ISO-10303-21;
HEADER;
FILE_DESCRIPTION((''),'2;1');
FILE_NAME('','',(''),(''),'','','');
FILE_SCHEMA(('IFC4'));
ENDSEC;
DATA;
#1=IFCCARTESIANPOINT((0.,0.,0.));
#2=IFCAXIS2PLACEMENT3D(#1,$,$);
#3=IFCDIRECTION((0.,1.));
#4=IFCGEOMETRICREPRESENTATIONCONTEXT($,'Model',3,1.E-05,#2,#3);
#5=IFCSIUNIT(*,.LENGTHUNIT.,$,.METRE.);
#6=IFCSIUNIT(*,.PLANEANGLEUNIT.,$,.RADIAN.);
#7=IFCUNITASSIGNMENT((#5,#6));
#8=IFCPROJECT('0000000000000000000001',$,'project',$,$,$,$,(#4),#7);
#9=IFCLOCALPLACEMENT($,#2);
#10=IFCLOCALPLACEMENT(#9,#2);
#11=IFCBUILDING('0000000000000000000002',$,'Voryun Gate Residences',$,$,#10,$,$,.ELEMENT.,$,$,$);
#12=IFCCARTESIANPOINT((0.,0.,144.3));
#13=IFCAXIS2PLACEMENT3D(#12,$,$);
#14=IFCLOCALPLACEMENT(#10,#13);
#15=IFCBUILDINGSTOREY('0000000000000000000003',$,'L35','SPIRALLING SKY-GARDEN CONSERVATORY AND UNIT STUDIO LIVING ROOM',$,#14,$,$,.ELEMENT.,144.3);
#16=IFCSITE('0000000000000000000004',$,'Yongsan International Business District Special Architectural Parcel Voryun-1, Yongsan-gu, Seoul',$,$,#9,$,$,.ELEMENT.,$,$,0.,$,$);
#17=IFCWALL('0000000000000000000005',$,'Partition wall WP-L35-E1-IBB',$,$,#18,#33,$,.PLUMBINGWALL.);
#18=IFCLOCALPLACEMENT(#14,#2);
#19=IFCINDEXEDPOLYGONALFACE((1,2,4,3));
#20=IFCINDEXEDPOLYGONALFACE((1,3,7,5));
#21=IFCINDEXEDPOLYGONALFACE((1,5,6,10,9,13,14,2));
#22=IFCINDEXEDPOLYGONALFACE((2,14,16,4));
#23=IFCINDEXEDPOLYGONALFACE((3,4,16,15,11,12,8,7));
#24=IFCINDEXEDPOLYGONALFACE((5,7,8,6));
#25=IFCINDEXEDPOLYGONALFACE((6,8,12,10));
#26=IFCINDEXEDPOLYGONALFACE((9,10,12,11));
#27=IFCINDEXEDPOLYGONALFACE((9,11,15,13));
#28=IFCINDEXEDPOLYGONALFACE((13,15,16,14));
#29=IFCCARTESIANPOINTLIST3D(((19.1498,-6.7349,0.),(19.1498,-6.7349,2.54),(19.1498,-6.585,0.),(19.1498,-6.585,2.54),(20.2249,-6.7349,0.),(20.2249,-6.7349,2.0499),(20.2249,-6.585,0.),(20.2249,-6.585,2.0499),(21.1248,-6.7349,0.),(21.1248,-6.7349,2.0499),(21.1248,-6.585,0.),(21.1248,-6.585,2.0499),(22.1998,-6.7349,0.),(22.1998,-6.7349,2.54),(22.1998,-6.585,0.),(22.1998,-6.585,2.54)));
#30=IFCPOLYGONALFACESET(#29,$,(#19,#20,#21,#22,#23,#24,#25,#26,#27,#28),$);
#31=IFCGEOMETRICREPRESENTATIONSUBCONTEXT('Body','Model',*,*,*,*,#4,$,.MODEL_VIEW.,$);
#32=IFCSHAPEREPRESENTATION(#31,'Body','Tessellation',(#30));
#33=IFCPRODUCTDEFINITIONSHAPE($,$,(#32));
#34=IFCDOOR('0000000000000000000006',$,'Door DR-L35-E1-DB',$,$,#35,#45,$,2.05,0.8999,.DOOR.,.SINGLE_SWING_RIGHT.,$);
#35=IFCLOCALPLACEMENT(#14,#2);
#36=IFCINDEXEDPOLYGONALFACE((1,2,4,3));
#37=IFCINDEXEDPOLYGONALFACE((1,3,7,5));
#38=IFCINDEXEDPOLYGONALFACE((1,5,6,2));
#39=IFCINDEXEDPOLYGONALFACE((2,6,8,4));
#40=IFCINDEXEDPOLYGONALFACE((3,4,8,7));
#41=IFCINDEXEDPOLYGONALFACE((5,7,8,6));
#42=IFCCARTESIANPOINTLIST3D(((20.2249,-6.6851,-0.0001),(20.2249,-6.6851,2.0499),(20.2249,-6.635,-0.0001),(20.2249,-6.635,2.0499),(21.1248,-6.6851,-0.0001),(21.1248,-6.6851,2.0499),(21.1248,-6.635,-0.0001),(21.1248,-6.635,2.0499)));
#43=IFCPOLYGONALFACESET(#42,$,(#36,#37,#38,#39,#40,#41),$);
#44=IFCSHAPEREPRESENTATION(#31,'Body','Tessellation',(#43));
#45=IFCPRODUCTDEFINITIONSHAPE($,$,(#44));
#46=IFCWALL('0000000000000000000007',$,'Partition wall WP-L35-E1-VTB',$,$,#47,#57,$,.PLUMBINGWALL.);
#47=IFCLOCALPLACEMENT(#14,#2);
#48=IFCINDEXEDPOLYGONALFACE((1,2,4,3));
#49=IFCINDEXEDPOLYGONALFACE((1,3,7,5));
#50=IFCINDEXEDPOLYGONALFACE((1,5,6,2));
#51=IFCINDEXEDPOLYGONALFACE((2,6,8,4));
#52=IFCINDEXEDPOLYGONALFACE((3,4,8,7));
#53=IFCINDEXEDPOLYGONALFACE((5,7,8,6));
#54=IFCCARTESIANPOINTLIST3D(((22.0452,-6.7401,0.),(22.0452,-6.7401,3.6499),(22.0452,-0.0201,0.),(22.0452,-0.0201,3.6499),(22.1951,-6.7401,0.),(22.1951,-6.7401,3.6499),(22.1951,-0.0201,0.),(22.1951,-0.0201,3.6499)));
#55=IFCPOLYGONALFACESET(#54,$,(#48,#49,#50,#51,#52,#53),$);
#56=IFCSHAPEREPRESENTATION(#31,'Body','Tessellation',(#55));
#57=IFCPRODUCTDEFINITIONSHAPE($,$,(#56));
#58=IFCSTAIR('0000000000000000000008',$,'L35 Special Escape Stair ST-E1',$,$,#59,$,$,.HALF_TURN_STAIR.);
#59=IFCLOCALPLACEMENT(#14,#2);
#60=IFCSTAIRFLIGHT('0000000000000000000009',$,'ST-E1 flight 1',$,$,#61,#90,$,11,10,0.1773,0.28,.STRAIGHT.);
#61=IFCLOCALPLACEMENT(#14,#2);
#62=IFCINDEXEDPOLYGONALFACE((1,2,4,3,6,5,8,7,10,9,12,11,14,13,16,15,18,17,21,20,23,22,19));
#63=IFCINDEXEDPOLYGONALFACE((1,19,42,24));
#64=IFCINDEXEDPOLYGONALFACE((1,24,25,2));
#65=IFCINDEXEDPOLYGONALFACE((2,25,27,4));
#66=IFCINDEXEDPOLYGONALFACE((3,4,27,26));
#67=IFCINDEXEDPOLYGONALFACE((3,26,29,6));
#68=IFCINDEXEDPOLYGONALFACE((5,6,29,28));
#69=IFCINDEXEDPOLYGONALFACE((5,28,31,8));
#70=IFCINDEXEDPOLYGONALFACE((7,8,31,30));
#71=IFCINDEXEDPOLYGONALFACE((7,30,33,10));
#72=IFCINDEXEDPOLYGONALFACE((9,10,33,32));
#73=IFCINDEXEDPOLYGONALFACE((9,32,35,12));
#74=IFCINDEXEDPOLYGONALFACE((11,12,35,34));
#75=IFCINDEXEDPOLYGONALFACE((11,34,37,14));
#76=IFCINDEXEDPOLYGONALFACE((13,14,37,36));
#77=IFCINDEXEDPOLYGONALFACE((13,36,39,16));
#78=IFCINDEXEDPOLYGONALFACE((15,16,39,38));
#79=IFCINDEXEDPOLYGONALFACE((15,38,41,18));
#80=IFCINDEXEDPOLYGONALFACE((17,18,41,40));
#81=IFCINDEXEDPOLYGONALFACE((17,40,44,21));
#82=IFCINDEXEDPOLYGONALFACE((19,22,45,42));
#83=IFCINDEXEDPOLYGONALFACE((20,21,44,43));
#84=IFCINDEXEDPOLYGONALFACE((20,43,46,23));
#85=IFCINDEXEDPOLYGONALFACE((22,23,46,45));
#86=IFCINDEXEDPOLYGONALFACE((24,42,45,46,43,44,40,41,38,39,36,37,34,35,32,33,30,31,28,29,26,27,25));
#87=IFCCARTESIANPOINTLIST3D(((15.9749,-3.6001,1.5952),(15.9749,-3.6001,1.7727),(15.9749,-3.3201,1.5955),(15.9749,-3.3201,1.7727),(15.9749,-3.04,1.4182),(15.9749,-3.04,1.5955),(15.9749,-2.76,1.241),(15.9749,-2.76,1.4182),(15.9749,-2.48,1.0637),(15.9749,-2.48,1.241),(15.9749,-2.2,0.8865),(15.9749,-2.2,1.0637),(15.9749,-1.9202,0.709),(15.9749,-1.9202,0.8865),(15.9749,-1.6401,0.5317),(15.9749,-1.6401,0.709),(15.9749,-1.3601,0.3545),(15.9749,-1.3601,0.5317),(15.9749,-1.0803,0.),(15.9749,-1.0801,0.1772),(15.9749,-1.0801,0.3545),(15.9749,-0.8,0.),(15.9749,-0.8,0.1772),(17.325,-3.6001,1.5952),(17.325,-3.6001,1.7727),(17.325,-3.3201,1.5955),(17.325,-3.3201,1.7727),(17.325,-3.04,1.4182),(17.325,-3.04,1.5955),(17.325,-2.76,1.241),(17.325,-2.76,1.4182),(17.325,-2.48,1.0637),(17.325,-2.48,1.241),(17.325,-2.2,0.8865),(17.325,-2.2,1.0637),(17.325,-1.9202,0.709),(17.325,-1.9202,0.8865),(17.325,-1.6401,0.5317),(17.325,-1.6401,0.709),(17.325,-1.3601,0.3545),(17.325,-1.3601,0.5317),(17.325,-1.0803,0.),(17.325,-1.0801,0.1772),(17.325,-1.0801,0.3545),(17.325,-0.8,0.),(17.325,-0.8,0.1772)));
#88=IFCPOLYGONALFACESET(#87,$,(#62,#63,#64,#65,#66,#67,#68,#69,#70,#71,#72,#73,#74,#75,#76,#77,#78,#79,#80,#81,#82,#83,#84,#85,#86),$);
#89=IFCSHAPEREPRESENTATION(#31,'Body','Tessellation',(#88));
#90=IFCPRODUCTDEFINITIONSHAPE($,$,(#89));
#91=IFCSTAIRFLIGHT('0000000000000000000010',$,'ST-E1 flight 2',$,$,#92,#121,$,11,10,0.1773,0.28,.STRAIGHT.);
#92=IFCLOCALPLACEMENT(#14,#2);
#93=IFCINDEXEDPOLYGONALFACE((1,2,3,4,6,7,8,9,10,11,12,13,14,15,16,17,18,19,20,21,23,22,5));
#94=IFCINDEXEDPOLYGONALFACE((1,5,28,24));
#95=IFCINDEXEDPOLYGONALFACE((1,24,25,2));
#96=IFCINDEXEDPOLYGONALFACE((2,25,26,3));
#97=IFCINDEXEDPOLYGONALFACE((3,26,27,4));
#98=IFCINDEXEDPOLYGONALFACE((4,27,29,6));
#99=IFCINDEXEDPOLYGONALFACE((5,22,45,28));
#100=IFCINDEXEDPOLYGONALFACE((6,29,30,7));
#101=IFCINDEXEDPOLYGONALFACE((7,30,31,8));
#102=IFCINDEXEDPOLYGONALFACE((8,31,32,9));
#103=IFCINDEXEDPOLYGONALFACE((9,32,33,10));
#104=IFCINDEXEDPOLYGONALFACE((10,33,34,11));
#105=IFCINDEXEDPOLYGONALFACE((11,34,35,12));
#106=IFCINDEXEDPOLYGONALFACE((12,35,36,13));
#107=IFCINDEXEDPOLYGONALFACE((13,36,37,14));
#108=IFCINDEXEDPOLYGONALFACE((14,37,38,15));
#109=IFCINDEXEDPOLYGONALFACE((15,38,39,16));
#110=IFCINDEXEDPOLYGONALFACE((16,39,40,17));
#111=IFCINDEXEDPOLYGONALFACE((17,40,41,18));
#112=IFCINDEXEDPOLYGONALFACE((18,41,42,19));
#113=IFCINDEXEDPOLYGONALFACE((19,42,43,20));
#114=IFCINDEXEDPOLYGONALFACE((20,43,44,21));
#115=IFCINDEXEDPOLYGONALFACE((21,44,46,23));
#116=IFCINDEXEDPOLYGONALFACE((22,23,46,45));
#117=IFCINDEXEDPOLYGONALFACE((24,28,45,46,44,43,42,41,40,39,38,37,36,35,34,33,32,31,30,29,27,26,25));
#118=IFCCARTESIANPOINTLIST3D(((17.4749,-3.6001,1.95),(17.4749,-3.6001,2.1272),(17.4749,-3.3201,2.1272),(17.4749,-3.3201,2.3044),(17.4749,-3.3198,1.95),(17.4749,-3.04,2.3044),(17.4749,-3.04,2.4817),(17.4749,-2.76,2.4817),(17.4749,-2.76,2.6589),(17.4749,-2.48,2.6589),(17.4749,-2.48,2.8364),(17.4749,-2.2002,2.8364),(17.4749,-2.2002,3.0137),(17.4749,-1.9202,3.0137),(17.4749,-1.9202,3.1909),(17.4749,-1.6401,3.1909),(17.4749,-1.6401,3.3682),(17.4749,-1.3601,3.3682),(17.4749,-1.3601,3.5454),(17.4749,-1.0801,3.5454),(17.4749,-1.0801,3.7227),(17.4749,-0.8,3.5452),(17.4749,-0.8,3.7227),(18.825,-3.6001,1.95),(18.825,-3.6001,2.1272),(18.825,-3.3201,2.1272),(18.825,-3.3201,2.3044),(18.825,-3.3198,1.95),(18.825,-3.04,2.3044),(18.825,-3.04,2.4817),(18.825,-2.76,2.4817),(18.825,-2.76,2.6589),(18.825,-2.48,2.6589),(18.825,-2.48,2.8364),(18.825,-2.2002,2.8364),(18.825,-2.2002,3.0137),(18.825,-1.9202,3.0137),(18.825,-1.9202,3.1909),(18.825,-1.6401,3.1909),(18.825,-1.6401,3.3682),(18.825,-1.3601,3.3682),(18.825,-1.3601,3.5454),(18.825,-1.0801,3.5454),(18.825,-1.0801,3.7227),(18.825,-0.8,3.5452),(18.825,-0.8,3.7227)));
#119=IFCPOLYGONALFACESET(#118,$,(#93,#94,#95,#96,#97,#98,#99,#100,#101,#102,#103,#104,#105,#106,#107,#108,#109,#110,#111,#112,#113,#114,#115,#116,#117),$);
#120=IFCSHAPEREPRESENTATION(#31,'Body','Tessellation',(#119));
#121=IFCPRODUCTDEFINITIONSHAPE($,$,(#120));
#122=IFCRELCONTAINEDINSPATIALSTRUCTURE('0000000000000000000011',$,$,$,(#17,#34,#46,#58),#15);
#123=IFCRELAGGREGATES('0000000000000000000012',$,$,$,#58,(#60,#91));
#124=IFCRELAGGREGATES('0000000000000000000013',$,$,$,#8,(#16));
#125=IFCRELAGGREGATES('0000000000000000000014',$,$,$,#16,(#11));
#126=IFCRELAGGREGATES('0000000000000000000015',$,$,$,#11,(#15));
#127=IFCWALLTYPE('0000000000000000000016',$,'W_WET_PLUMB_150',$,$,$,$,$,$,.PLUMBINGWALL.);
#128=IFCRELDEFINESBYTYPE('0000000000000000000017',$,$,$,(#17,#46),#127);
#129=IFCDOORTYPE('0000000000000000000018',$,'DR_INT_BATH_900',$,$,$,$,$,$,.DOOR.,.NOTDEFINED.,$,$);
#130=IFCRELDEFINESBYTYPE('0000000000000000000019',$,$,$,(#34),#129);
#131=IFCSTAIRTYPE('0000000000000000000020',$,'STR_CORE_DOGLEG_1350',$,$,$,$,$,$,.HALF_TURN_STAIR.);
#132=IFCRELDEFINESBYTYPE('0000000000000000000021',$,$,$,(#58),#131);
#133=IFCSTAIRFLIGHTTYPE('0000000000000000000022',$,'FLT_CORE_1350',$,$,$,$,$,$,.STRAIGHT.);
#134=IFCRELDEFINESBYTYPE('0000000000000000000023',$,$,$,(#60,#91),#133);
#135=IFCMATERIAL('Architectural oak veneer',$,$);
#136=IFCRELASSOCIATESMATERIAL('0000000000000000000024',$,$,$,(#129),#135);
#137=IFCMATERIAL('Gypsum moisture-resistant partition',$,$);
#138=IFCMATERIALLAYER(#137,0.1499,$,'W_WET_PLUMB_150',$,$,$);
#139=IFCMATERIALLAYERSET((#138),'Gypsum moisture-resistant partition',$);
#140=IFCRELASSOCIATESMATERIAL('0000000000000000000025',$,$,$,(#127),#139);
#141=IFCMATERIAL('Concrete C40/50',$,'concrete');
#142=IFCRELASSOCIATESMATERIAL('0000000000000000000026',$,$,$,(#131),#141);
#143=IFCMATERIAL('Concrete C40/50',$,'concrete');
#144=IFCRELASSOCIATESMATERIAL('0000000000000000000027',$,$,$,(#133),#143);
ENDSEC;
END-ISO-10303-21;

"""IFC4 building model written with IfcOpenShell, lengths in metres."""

from ifc_helpers import new_model, si_unit, direction, frame, frame_2d, origin, place, context, subcontext, project, spatial, polyline, rectangle, outline, extrude, material, layer, layer_set, type_object, element, fill, aggregate, save


model = new_model("IFC4")

# Units and contexts
model_context = context("Model", 3, precision=1e-05, world=origin(), true_north=direction((0.0, 1.0)))
body_context = subcontext(model_context, "Body", "Model", "MODEL_VIEW")
ifc_project = project(units=[si_unit("LENGTHUNIT", "METRE"), si_unit("PLANEANGLEUNIT", "RADIAN")], contexts=[model_context])

# Site, building, storey
site_placement = place(None, origin())
site = spatial("IfcSite", under=ifc_project, at=site_placement, Name="Yongsan International Business District Special Architectural Parcel Voryun-1, Yongsan-gu, Seoul", CompositionType="ELEMENT", RefElevation=0.0)
building_placement = place(site_placement, origin())
building = spatial("IfcBuilding", under=site, at=building_placement, Name="Voryun Gate Residences", CompositionType="ELEMENT")
storey_placement = place(building_placement, frame((0.0, 0.0, 144.3)))
storey = spatial("IfcBuildingStorey", under=building, at=storey_placement, Name="L35", Description="SPIRALLING SKY-GARDEN CONSERVATORY AND UNIT STUDIO LIVING ROOM", CompositionType="ELEMENT", Elevation=144.3)

# Wall, opening, door
ifc_material_1 = material(Name="Architectural oak veneer")
door_type = type_object("IfcDoorType", Name="DR_INT_BATH_900", OperationType="NOTDEFINED", PredefinedType="DOOR", material=ifc_material_1)
ifc_material_2 = material(Name="Gypsum moisture-resistant partition")
ifc_layer_1 = layer(ifc_material_2, 0.1499, Name="W_WET_PLUMB_150")
ifc_layer_set_1 = layer_set([ifc_layer_1], Name="Gypsum moisture-resistant partition")
wall_type_1 = type_object("IfcWallType", Name="W_WET_PLUMB_150", PredefinedType="PLUMBINGWALL", material=ifc_layer_set_1)
wall_1_placement = place(storey_placement, frame((19.1499, -6.6599, 0.0), z_axis=(0.0, 0.0, 1.0), x_axis=(1.0, 0.0, 0.0)))
wall_1 = element("IfcWall", 1, at=wall_1_placement, inside=storey, type_object=wall_type_1, Name="Partition wall WP-L35-E1-IBB", PredefinedType="PLUMBINGWALL", context=body_context, shape_type="SweptSolid", body=[
    extrude(rectangle(XDim=3.05, YDim=0.1499, at=frame_2d((1.5249, 0.0))), origin(), (0.0, 0.0, 1.0), 2.54),
])
opening_1_placement = place(wall_1_placement, frame((1.075, 0.0, 0.0)))
opening_1 = element("IfcOpeningElement", 2, at=opening_1_placement, cuts=wall_1, PredefinedType="OPENING", context=body_context, shape_type="SweptSolid", body=[
    extrude(rectangle(XDim=0.8999, YDim=2.05, at=frame_2d((0.45, 1.0249))), frame((0.0, 0.085, 0.0), z_axis=(0.0, -1.0, 0.0), x_axis=(1.0, 0.0, 0.0)), (0.0, 0.0, 1.0), 0.1699),
])
door_1_placement = place(opening_1_placement, origin())
door_1 = element("IfcDoor", 3, at=door_1_placement, inside=storey, type_object=door_type, Name="Door DR-L35-E1-DB", OperationType="SINGLE_SWING_RIGHT", OverallHeight=2.05, OverallWidth=0.8999, PredefinedType="DOOR", context=body_context, shape_type="SweptSolid", body=[
    extrude(rectangle(XDim=0.8999, YDim=2.05, at=frame_2d((0.45, 1.0249))), frame((0.0, 0.0249, 0.0), z_axis=(0.0, -1.0, 0.0), x_axis=(1.0, 0.0, 0.0)), (0.0, 0.0, 1.0), 0.05),
])
fill(opening_1, door_1)

# Wall
wall_2_placement = place(storey_placement, frame((22.1201, -6.74, 0.0), z_axis=(0.0, 0.0, 1.0), x_axis=(0.0, 1.0, 0.0)))
element("IfcWall", 4, at=wall_2_placement, inside=storey, type_object=wall_type_1, Name="Partition wall WP-L35-E1-VTB", PredefinedType="PLUMBINGWALL", context=body_context, shape_type="SweptSolid", body=[
    extrude(rectangle(XDim=6.72, YDim=0.1499, at=frame_2d((3.3599, 0.0))), origin(), (0.0, 0.0, 1.0), 3.6499),
])

# Stair, stair flights
ifc_material_3 = material(Name="Concrete C40/50", Category="concrete")
stair_type = type_object("IfcStairType", Name="STR_CORE_DOGLEG_1350", PredefinedType="HALF_TURN_STAIR", material=ifc_material_3)
stair_placement = place(storey_placement, origin())
stair = element("IfcStair", 5, at=stair_placement, inside=storey, type_object=stair_type, Name="L35 Special Escape Stair ST-E1", PredefinedType="HALF_TURN_STAIR")
ifc_material_4 = material(Name="Concrete C40/50", Category="concrete")
stair_flight_type = type_object("IfcStairFlightType", Name="FLT_CORE_1350", PredefinedType="STRAIGHT", material=ifc_material_4)
stair_flight_1_placement = place(storey_placement, frame((16.6499, -0.8, 0.0), z_axis=(0.0, 0.0, 1.0), x_axis=(0.0, -1.0, 0.0)))
stair_flight_1 = element("IfcStairFlight", 6, at=stair_flight_1_placement, type_object=stair_flight_type, Name="ST-E1 flight 1", NumberOfRisers=11, NumberOfTreads=10, PredefinedType="STRAIGHT", RiserHeight=0.1773, TreadLength=0.28, context=body_context, shape_type="SweptSolid", body=[
    extrude(outline(polyline([(0.0, 0.0), (0.0, 0.1772), (0.28, 0.1772), (0.28, 0.3545), (0.5601, 0.3545), (0.5601, 0.5317), (0.8401, 0.5317), (0.8401, 0.709), (1.1201, 0.709), (1.1201, 0.8865), (1.3999, 0.8865), (1.3999, 1.0637), (1.6799, 1.0637), (1.6799, 1.241), (1.96, 1.241), (1.96, 1.4182), (2.24, 1.4182), (2.24, 1.5955), (2.52, 1.5955), (2.52, 1.7727), (2.8, 1.7727), (2.8, 1.95), (2.8, 1.5952), (0.2803, 0.0), (0.0, 0.0)])), frame((0.0, 0.675, 0.0), z_axis=(0.0, -1.0, 0.0), x_axis=(1.0, 0.0, 0.0)), (0.0, 0.0, 1.0), 1.3501),
])
stair_flight_2_placement = place(storey_placement, frame((18.1499, -3.6001, 1.95), z_axis=(0.0, 0.0, 1.0), x_axis=(0.0, 1.0, 0.0)))
stair_flight_2 = element("IfcStairFlight", 7, at=stair_flight_2_placement, type_object=stair_flight_type, Name="ST-E1 flight 2", NumberOfRisers=11, NumberOfTreads=10, PredefinedType="STRAIGHT", RiserHeight=0.1773, TreadLength=0.28, context=body_context, shape_type="SweptSolid", body=[
    extrude(outline(polyline([(0.0, 0.0), (0.0, 0.1772), (0.28, 0.1772), (0.28, 0.3545), (0.5601, 0.3545), (0.5601, 0.5317), (0.8401, 0.5317), (0.8401, 0.709), (1.1201, 0.709), (1.1201, 0.8865), (1.3999, 0.8865), (1.3999, 1.0637), (1.6799, 1.0637), (1.6799, 1.241), (1.96, 1.241), (1.96, 1.4182), (2.24, 1.4182), (2.24, 1.5955), (2.52, 1.5955), (2.52, 1.7727), (2.8, 1.7727), (2.8, 1.95), (2.8, 1.5952), (0.2803, 0.0), (0.0, 0.0)])), frame((0.0, 0.675, 0.0), z_axis=(0.0, -1.0, 0.0), x_axis=(1.0, 0.0, 0.0)), (0.0, 0.0, 1.0), 1.3501),
])
aggregate(stair, [stair_flight_1, stair_flight_2])

save(model, "model.ifc")
